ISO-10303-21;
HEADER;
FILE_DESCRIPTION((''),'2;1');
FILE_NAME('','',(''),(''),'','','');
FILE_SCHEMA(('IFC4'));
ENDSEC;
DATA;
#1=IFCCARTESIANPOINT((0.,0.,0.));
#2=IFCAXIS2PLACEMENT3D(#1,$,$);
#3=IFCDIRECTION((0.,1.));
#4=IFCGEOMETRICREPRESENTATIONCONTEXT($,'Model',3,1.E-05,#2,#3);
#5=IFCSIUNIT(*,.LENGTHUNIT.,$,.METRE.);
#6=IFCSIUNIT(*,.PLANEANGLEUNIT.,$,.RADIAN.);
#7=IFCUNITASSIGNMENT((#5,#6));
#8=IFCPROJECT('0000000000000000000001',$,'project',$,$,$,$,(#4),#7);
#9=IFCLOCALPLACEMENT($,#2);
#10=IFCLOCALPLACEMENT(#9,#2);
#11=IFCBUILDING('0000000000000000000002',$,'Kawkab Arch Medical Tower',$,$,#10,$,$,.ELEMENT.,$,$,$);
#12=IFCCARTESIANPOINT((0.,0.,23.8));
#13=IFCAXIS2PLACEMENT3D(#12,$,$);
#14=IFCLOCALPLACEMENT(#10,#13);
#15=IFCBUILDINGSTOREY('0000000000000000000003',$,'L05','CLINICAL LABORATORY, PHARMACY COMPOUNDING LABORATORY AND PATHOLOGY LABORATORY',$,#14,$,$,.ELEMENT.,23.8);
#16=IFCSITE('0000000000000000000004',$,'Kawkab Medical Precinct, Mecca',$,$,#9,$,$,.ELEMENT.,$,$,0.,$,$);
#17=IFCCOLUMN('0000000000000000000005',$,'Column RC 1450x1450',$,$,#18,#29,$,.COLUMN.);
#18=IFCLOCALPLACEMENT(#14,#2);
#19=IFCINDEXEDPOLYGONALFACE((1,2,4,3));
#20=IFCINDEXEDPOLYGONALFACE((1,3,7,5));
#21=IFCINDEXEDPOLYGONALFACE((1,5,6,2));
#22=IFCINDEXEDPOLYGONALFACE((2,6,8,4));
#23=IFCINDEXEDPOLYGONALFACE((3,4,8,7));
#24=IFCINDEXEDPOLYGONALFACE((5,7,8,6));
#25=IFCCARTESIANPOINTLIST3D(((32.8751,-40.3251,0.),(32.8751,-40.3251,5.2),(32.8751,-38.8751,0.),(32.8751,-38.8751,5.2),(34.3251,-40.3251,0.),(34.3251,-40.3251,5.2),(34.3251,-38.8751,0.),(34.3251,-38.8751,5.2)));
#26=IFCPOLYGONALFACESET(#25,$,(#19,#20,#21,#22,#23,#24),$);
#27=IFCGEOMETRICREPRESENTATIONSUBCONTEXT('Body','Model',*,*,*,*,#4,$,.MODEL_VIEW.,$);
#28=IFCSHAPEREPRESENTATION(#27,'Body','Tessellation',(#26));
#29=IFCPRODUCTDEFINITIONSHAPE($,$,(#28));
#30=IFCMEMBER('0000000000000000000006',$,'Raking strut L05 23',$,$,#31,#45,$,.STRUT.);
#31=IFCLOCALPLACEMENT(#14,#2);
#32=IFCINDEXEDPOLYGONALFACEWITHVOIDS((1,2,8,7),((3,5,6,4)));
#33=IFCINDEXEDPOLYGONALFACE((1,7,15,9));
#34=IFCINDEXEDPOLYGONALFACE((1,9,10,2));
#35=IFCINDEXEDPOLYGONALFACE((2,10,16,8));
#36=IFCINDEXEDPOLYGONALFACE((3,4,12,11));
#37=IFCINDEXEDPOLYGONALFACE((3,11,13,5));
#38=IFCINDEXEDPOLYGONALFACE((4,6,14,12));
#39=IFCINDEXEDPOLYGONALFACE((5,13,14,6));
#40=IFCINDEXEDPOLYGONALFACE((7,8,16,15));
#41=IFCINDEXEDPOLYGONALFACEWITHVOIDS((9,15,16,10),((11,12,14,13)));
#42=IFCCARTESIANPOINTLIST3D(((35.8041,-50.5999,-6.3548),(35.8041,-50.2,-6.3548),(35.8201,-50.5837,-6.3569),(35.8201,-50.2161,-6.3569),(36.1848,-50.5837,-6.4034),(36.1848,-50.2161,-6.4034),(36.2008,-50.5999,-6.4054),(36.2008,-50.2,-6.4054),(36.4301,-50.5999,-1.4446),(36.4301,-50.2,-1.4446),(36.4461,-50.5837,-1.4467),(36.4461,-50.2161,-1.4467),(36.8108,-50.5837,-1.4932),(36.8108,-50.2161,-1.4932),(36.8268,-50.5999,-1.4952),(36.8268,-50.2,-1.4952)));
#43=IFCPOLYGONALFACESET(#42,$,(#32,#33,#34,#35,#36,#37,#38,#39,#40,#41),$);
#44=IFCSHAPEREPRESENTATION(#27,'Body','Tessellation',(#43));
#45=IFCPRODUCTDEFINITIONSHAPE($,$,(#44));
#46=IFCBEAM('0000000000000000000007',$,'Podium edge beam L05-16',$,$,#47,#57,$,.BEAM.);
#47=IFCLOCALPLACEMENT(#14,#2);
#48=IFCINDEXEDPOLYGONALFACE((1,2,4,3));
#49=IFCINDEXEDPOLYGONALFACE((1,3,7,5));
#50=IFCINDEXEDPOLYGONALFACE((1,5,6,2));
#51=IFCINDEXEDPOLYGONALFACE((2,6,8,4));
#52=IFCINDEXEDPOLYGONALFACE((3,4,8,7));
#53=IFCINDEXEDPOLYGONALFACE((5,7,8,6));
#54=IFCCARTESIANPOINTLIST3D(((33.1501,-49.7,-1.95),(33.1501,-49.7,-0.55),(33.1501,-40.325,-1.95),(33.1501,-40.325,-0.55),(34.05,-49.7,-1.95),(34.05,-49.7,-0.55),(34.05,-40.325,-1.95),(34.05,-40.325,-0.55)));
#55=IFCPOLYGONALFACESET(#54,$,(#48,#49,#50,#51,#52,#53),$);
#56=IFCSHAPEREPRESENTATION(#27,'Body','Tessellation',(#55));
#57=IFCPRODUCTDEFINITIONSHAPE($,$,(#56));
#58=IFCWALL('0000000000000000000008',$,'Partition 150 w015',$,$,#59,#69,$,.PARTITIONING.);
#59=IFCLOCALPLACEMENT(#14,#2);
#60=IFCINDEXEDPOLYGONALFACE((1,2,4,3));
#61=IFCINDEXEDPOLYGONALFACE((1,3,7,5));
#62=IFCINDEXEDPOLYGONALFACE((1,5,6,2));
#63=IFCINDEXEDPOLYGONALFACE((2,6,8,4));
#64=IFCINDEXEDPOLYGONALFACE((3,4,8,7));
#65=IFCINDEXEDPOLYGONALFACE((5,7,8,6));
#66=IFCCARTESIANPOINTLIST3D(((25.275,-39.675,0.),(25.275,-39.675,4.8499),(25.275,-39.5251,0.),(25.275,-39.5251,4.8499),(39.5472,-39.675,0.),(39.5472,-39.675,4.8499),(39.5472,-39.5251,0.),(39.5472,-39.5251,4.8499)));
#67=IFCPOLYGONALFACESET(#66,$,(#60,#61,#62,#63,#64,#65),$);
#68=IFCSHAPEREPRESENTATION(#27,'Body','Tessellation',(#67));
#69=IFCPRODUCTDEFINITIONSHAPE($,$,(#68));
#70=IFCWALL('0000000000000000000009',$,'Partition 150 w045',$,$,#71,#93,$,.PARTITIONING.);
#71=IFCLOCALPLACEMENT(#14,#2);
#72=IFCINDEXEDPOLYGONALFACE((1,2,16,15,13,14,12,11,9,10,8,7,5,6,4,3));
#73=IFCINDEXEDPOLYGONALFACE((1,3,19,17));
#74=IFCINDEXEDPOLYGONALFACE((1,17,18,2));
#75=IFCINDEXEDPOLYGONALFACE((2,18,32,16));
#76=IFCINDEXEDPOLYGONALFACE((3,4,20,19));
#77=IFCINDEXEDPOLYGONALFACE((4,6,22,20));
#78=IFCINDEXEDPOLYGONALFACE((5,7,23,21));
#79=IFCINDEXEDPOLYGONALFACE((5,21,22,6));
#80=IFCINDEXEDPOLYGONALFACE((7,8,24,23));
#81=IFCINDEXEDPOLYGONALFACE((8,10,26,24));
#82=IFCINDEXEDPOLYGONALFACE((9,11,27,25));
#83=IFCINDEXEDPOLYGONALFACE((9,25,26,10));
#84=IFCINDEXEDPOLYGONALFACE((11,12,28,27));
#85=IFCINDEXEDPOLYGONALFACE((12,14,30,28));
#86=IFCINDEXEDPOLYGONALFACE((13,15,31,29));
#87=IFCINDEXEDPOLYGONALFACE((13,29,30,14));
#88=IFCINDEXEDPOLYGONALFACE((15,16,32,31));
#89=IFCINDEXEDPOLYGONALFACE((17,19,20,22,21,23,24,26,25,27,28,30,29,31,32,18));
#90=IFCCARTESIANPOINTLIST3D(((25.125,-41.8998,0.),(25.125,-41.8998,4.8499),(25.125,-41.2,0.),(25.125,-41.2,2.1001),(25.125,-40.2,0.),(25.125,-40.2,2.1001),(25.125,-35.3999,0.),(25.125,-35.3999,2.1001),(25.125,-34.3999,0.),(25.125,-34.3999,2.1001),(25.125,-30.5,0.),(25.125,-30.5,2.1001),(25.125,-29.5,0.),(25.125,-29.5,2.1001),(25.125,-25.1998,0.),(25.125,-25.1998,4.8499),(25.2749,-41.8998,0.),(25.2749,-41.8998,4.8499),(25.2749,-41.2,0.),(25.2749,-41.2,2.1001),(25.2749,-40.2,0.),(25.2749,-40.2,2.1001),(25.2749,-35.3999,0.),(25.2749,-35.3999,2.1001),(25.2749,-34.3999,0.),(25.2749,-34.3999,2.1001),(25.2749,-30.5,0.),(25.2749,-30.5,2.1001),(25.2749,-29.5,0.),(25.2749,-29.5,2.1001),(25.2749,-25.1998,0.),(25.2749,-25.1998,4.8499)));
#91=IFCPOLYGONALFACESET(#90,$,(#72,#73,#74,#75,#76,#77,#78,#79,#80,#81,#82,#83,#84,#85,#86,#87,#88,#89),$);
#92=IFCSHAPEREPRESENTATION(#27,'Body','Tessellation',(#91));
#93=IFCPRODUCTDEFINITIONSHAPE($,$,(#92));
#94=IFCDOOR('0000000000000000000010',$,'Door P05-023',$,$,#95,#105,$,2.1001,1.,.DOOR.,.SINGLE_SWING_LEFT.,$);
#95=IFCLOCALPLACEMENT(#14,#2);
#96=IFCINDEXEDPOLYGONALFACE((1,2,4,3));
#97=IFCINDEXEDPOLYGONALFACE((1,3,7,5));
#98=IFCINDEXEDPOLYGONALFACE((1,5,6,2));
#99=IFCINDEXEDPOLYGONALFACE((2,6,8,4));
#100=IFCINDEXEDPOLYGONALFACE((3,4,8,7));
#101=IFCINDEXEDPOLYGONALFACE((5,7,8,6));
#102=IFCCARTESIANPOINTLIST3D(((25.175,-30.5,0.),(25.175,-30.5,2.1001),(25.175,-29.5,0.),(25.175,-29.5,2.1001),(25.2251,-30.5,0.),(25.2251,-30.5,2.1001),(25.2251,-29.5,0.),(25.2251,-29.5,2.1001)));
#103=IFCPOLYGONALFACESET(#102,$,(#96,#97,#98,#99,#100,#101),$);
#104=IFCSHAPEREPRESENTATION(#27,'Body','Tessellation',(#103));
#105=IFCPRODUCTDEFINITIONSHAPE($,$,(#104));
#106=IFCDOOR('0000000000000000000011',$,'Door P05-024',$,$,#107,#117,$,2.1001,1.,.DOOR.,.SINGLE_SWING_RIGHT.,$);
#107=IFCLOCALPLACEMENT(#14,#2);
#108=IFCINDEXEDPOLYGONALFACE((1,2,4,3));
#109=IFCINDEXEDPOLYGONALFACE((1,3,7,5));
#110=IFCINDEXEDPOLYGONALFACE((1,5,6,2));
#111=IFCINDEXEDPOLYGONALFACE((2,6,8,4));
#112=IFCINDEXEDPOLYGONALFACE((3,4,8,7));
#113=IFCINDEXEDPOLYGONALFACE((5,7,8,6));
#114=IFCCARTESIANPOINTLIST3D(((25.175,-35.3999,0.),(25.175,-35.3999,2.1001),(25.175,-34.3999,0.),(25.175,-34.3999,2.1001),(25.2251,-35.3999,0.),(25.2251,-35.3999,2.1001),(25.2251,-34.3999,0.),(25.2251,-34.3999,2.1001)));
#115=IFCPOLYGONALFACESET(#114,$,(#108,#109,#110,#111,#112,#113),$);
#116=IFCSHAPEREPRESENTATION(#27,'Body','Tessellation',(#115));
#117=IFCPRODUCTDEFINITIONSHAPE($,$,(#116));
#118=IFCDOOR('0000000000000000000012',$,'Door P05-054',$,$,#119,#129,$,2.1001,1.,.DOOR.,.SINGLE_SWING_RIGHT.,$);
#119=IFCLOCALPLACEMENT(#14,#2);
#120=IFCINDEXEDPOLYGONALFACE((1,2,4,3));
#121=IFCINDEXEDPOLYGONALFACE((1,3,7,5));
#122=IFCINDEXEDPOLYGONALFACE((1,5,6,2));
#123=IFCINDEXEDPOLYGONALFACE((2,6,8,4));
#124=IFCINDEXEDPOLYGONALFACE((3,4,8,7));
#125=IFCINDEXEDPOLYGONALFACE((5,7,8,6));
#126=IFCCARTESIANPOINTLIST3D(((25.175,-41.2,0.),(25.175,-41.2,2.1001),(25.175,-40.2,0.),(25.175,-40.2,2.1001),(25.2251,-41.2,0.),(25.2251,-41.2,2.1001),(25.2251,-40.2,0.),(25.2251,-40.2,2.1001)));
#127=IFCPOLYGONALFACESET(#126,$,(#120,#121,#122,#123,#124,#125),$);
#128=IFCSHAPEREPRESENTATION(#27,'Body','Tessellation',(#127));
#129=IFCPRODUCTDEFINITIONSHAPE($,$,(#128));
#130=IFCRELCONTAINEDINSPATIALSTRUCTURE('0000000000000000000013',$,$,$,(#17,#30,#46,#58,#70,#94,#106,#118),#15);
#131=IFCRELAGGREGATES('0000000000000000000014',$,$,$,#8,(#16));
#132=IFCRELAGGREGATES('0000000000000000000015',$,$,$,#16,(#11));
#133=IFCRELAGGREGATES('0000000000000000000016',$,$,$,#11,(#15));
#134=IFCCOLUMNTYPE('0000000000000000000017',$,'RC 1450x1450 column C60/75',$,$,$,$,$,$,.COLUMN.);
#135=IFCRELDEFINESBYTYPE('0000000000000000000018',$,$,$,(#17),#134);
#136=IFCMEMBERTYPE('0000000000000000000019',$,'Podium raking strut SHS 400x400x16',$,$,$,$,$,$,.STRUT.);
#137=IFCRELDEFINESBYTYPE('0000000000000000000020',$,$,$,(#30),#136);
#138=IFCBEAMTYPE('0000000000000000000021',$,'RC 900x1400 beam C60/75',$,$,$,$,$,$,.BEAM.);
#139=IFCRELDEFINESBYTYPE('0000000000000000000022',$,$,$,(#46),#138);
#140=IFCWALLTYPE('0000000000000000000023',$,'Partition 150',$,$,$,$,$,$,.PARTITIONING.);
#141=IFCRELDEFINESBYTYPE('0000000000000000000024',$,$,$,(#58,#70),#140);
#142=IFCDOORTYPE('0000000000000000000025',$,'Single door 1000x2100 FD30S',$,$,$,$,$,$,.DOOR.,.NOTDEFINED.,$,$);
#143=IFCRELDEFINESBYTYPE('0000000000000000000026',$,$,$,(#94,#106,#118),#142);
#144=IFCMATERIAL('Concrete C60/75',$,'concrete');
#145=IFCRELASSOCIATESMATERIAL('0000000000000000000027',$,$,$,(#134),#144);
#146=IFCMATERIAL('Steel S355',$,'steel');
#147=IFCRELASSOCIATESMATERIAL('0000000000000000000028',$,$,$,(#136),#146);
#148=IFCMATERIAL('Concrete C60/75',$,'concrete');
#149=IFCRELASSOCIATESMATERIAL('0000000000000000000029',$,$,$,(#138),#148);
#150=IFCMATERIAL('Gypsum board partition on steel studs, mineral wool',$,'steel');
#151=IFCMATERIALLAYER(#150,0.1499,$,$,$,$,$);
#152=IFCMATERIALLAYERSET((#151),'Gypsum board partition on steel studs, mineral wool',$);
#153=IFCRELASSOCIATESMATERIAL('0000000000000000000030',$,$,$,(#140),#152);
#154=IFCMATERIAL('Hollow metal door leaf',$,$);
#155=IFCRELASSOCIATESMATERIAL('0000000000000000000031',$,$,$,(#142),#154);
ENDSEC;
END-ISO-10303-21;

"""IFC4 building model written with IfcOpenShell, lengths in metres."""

from ifc_helpers import new_model, si_unit, direction, frame, frame_2d, origin, origin_2d, place, context, subcontext, project, spatial, rectangle, hollow_rectangle, extrude, material, layer, layer_set, material_profile, profile_set, type_object, element, fill, save


model = new_model("IFC4")

# Units and contexts
model_context = context("Model", 3, precision=1e-05, world=origin(), true_north=direction((0.0, 1.0)))
body_context = subcontext(model_context, "Body", "Model", "MODEL_VIEW")
ifc_project = project(units=[si_unit("LENGTHUNIT", "METRE"), si_unit("PLANEANGLEUNIT", "RADIAN")], contexts=[model_context])

# Site, building, storey
site_placement = place(None, origin())
site = spatial("IfcSite", under=ifc_project, at=site_placement, Name="Kawkab Medical Precinct, Mecca", CompositionType="ELEMENT", RefElevation=0.0)
building_placement = place(site_placement, origin())
building = spatial("IfcBuilding", under=site, at=building_placement, Name="Kawkab Arch Medical Tower", CompositionType="ELEMENT")
storey_placement = place(building_placement, frame((0.0, 0.0, 23.8)))
storey = spatial("IfcBuildingStorey", under=building, at=storey_placement, Name="L05", Description="CLINICAL LABORATORY, PHARMACY COMPOUNDING LABORATORY AND PATHOLOGY LABORATORY", CompositionType="ELEMENT", Elevation=23.8)

# Column
ifc_material_1 = material(Name="Concrete C60/75", Category="concrete")
ifc_material_profile_1 = material_profile(ifc_material_1, rectangle(XDim=1.45, YDim=1.45, at=origin_2d()), Name="RC 1450x1450")
ifc_profile_set_1 = profile_set([ifc_material_profile_1], Name="Concrete C60/75")
column_type = type_object("IfcColumnType", Name="RC 1450x1450 column C60/75", PredefinedType="COLUMN", material=ifc_profile_set_1)
column_placement = place(storey_placement, frame((33.6001, -39.6001, 0.0), z_axis=(0.0, 0.0, 1.0), x_axis=(1.0, 0.0, 0.0)))
element("IfcColumn", 1, at=column_placement, inside=storey, type_object=column_type, Name="Column RC 1450x1450", PredefinedType="COLUMN", context=body_context, shape_type="SweptSolid", body=[
    extrude(rectangle(XDim=1.45, YDim=1.45, at=origin_2d()), origin(), (0.0, 0.0, 1.0), 5.2),
])

# Member
ifc_material_2 = material(Name="Steel S355", Category="steel")
ifc_material_profile_2 = material_profile(ifc_material_2, hollow_rectangle(XDim=0.3999, YDim=0.3999, WallThickness=0.0161, at=origin_2d()), Name="SHS 400x400x16")
ifc_profile_set_2 = profile_set([ifc_material_profile_2], Name="Steel S355")
member_type = type_object("IfcMemberType", Name="Podium raking strut SHS 400x400x16", PredefinedType="STRUT", material=ifc_profile_set_2)
member_placement = place(storey_placement, frame((36.0024, -50.3999, -6.3801), z_axis=(0.126463, 0.0, 0.991971), x_axis=(0.0, 1.0, 0.0)))
element("IfcMember", 2, at=member_placement, inside=storey, type_object=member_type, Name="Raking strut L05 23", PredefinedType="STRUT", context=body_context, shape_type="SweptSolid", body=[
    extrude(hollow_rectangle(XDim=0.3999, YDim=0.3999, WallThickness=0.0161, at=origin_2d()), origin(), (0.0, 0.0, 1.0), 4.95),
])

# Beam
ifc_material_3 = material(Name="Concrete C60/75", Category="concrete")
ifc_material_profile_3 = material_profile(ifc_material_3, rectangle(XDim=0.8999, YDim=1.3999, at=origin_2d()), Name="RC 900x1400")
ifc_profile_set_3 = profile_set([ifc_material_profile_3], Name="Concrete C60/75")
beam_type = type_object("IfcBeamType", Name="RC 900x1400 beam C60/75", PredefinedType="BEAM", material=ifc_profile_set_3)
beam_placement = place(storey_placement, frame((33.6001, -49.7, -1.25), z_axis=(0.0, 1.0, 0.0), x_axis=(-1.0, 0.0, 0.0)))
element("IfcBeam", 3, at=beam_placement, inside=storey, type_object=beam_type, Name="Podium edge beam L05-16", PredefinedType="BEAM", context=body_context, shape_type="SweptSolid", body=[
    extrude(rectangle(XDim=0.8999, YDim=1.3999, at=origin_2d()), origin(), (0.0, 0.0, 1.0), 9.375),
])

# Wall
ifc_material_4 = material(Name="Gypsum board partition on steel studs, mineral wool", Category="steel")
ifc_layer_1 = layer(ifc_material_4, 0.1499)
ifc_layer_set_1 = layer_set([ifc_layer_1], Name="Gypsum board partition on steel studs, mineral wool")
wall_type_1 = type_object("IfcWallType", Name="Partition 150", PredefinedType="PARTITIONING", material=ifc_layer_set_1)
wall_1_placement = place(storey_placement, frame((25.2749, -39.6001, 0.0), z_axis=(0.0, 0.0, 1.0), x_axis=(1.0, 0.0, 0.0)))
element("IfcWall", 4, at=wall_1_placement, inside=storey, type_object=wall_type_1, Name="Partition 150 w015", PredefinedType="PARTITIONING", context=body_context, shape_type="SweptSolid", body=[
    extrude(rectangle(XDim=14.2722, YDim=0.1499, at=frame_2d((7.1362, 0.0))), origin(), (0.0, 0.0, 1.0), 4.8499),
])

# Wall, openings, doors
wall_2_placement = place(storey_placement, frame((25.2, -41.8999, 0.0), z_axis=(0.0, 0.0, 1.0), x_axis=(0.0, 1.0, 0.0)))
wall_2 = element("IfcWall", 5, at=wall_2_placement, inside=storey, type_object=wall_type_1, Name="Partition 150 w045", PredefinedType="PARTITIONING", context=body_context, shape_type="SweptSolid", body=[
    extrude(rectangle(XDim=16.7, YDim=0.1499, at=frame_2d((8.3501, 0.0))), origin(), (0.0, 0.0, 1.0), 4.8499),
])
opening_1_placement = place(wall_2_placement, frame((11.3999, 0.0, 0.0)))
opening_1 = element("IfcOpeningElement", 6, at=opening_1_placement, cuts=wall_2, PredefinedType="OPENING", context=body_context, shape_type="SweptSolid", body=[
    extrude(rectangle(XDim=1.0, YDim=2.1001, at=frame_2d((0.5, 1.05))), frame((0.0, 0.085, 0.0), z_axis=(0.0, -1.0, 0.0), x_axis=(1.0, 0.0, 0.0)), (0.0, 0.0, 1.0), 0.1699),
])
opening_2_placement = place(wall_2_placement, frame((6.5, 0.0, 0.0)))
opening_2 = element("IfcOpeningElement", 7, at=opening_2_placement, cuts=wall_2, PredefinedType="OPENING", context=body_context, shape_type="SweptSolid", body=[
    extrude(rectangle(XDim=1.0, YDim=2.1001, at=frame_2d((0.5, 1.05))), frame((0.0, 0.085, 0.0), z_axis=(0.0, -1.0, 0.0), x_axis=(1.0, 0.0, 0.0)), (0.0, 0.0, 1.0), 0.1699),
])
opening_3_placement = place(wall_2_placement, frame((0.7, 0.0, 0.0)))
opening_3 = element("IfcOpeningElement", 8, at=opening_3_placement, cuts=wall_2, PredefinedType="OPENING", context=body_context, shape_type="SweptSolid", body=[
    extrude(rectangle(XDim=1.0, YDim=2.1001, at=frame_2d((0.5, 1.05))), frame((0.0, 0.085, 0.0), z_axis=(0.0, -1.0, 0.0), x_axis=(1.0, 0.0, 0.0)), (0.0, 0.0, 1.0), 0.1699),
])
ifc_material_5 = material(Name="Hollow metal door leaf")
door_type = type_object("IfcDoorType", Name="Single door 1000x2100 FD30S", OperationType="NOTDEFINED", PredefinedType="DOOR", material=ifc_material_5)
door_1_placement = place(opening_1_placement, origin())
door_1 = element("IfcDoor", 9, at=door_1_placement, inside=storey, type_object=door_type, Name="Door P05-023", OperationType="SINGLE_SWING_LEFT", OverallHeight=2.1001, OverallWidth=1.0, PredefinedType="DOOR", context=body_context, shape_type="SweptSolid", body=[
    extrude(rectangle(XDim=1.0, YDim=2.1001, at=frame_2d((0.5, 1.05))), frame((0.0, 0.0249, 0.0), z_axis=(0.0, -1.0, 0.0), x_axis=(1.0, 0.0, 0.0)), (0.0, 0.0, 1.0), 0.05),
])
fill(opening_1, door_1)
door_2_placement = place(opening_2_placement, origin())
door_2 = element("IfcDoor", 10, at=door_2_placement, inside=storey, type_object=door_type, Name="Door P05-024", OperationType="SINGLE_SWING_RIGHT", OverallHeight=2.1001, OverallWidth=1.0, PredefinedType="DOOR", context=body_context, shape_type="SweptSolid", body=[
    extrude(rectangle(XDim=1.0, YDim=2.1001, at=frame_2d((0.5, 1.05))), frame((0.0, 0.0249, 0.0), z_axis=(0.0, -1.0, 0.0), x_axis=(1.0, 0.0, 0.0)), (0.0, 0.0, 1.0), 0.05),
])
fill(opening_2, door_2)
door_3_placement = place(opening_3_placement, origin())
door_3 = element("IfcDoor", 11, at=door_3_placement, inside=storey, type_object=door_type, Name="Door P05-054", OperationType="SINGLE_SWING_RIGHT", OverallHeight=2.1001, OverallWidth=1.0, PredefinedType="DOOR", context=body_context, shape_type="SweptSolid", body=[
    extrude(rectangle(XDim=1.0, YDim=2.1001, at=frame_2d((0.5, 1.05))), frame((0.0, 0.0249, 0.0), z_axis=(0.0, -1.0, 0.0), x_axis=(1.0, 0.0, 0.0)), (0.0, 0.0, 1.0), 0.05),
])
fill(opening_3, door_3)

save(model, "model.ifc")
